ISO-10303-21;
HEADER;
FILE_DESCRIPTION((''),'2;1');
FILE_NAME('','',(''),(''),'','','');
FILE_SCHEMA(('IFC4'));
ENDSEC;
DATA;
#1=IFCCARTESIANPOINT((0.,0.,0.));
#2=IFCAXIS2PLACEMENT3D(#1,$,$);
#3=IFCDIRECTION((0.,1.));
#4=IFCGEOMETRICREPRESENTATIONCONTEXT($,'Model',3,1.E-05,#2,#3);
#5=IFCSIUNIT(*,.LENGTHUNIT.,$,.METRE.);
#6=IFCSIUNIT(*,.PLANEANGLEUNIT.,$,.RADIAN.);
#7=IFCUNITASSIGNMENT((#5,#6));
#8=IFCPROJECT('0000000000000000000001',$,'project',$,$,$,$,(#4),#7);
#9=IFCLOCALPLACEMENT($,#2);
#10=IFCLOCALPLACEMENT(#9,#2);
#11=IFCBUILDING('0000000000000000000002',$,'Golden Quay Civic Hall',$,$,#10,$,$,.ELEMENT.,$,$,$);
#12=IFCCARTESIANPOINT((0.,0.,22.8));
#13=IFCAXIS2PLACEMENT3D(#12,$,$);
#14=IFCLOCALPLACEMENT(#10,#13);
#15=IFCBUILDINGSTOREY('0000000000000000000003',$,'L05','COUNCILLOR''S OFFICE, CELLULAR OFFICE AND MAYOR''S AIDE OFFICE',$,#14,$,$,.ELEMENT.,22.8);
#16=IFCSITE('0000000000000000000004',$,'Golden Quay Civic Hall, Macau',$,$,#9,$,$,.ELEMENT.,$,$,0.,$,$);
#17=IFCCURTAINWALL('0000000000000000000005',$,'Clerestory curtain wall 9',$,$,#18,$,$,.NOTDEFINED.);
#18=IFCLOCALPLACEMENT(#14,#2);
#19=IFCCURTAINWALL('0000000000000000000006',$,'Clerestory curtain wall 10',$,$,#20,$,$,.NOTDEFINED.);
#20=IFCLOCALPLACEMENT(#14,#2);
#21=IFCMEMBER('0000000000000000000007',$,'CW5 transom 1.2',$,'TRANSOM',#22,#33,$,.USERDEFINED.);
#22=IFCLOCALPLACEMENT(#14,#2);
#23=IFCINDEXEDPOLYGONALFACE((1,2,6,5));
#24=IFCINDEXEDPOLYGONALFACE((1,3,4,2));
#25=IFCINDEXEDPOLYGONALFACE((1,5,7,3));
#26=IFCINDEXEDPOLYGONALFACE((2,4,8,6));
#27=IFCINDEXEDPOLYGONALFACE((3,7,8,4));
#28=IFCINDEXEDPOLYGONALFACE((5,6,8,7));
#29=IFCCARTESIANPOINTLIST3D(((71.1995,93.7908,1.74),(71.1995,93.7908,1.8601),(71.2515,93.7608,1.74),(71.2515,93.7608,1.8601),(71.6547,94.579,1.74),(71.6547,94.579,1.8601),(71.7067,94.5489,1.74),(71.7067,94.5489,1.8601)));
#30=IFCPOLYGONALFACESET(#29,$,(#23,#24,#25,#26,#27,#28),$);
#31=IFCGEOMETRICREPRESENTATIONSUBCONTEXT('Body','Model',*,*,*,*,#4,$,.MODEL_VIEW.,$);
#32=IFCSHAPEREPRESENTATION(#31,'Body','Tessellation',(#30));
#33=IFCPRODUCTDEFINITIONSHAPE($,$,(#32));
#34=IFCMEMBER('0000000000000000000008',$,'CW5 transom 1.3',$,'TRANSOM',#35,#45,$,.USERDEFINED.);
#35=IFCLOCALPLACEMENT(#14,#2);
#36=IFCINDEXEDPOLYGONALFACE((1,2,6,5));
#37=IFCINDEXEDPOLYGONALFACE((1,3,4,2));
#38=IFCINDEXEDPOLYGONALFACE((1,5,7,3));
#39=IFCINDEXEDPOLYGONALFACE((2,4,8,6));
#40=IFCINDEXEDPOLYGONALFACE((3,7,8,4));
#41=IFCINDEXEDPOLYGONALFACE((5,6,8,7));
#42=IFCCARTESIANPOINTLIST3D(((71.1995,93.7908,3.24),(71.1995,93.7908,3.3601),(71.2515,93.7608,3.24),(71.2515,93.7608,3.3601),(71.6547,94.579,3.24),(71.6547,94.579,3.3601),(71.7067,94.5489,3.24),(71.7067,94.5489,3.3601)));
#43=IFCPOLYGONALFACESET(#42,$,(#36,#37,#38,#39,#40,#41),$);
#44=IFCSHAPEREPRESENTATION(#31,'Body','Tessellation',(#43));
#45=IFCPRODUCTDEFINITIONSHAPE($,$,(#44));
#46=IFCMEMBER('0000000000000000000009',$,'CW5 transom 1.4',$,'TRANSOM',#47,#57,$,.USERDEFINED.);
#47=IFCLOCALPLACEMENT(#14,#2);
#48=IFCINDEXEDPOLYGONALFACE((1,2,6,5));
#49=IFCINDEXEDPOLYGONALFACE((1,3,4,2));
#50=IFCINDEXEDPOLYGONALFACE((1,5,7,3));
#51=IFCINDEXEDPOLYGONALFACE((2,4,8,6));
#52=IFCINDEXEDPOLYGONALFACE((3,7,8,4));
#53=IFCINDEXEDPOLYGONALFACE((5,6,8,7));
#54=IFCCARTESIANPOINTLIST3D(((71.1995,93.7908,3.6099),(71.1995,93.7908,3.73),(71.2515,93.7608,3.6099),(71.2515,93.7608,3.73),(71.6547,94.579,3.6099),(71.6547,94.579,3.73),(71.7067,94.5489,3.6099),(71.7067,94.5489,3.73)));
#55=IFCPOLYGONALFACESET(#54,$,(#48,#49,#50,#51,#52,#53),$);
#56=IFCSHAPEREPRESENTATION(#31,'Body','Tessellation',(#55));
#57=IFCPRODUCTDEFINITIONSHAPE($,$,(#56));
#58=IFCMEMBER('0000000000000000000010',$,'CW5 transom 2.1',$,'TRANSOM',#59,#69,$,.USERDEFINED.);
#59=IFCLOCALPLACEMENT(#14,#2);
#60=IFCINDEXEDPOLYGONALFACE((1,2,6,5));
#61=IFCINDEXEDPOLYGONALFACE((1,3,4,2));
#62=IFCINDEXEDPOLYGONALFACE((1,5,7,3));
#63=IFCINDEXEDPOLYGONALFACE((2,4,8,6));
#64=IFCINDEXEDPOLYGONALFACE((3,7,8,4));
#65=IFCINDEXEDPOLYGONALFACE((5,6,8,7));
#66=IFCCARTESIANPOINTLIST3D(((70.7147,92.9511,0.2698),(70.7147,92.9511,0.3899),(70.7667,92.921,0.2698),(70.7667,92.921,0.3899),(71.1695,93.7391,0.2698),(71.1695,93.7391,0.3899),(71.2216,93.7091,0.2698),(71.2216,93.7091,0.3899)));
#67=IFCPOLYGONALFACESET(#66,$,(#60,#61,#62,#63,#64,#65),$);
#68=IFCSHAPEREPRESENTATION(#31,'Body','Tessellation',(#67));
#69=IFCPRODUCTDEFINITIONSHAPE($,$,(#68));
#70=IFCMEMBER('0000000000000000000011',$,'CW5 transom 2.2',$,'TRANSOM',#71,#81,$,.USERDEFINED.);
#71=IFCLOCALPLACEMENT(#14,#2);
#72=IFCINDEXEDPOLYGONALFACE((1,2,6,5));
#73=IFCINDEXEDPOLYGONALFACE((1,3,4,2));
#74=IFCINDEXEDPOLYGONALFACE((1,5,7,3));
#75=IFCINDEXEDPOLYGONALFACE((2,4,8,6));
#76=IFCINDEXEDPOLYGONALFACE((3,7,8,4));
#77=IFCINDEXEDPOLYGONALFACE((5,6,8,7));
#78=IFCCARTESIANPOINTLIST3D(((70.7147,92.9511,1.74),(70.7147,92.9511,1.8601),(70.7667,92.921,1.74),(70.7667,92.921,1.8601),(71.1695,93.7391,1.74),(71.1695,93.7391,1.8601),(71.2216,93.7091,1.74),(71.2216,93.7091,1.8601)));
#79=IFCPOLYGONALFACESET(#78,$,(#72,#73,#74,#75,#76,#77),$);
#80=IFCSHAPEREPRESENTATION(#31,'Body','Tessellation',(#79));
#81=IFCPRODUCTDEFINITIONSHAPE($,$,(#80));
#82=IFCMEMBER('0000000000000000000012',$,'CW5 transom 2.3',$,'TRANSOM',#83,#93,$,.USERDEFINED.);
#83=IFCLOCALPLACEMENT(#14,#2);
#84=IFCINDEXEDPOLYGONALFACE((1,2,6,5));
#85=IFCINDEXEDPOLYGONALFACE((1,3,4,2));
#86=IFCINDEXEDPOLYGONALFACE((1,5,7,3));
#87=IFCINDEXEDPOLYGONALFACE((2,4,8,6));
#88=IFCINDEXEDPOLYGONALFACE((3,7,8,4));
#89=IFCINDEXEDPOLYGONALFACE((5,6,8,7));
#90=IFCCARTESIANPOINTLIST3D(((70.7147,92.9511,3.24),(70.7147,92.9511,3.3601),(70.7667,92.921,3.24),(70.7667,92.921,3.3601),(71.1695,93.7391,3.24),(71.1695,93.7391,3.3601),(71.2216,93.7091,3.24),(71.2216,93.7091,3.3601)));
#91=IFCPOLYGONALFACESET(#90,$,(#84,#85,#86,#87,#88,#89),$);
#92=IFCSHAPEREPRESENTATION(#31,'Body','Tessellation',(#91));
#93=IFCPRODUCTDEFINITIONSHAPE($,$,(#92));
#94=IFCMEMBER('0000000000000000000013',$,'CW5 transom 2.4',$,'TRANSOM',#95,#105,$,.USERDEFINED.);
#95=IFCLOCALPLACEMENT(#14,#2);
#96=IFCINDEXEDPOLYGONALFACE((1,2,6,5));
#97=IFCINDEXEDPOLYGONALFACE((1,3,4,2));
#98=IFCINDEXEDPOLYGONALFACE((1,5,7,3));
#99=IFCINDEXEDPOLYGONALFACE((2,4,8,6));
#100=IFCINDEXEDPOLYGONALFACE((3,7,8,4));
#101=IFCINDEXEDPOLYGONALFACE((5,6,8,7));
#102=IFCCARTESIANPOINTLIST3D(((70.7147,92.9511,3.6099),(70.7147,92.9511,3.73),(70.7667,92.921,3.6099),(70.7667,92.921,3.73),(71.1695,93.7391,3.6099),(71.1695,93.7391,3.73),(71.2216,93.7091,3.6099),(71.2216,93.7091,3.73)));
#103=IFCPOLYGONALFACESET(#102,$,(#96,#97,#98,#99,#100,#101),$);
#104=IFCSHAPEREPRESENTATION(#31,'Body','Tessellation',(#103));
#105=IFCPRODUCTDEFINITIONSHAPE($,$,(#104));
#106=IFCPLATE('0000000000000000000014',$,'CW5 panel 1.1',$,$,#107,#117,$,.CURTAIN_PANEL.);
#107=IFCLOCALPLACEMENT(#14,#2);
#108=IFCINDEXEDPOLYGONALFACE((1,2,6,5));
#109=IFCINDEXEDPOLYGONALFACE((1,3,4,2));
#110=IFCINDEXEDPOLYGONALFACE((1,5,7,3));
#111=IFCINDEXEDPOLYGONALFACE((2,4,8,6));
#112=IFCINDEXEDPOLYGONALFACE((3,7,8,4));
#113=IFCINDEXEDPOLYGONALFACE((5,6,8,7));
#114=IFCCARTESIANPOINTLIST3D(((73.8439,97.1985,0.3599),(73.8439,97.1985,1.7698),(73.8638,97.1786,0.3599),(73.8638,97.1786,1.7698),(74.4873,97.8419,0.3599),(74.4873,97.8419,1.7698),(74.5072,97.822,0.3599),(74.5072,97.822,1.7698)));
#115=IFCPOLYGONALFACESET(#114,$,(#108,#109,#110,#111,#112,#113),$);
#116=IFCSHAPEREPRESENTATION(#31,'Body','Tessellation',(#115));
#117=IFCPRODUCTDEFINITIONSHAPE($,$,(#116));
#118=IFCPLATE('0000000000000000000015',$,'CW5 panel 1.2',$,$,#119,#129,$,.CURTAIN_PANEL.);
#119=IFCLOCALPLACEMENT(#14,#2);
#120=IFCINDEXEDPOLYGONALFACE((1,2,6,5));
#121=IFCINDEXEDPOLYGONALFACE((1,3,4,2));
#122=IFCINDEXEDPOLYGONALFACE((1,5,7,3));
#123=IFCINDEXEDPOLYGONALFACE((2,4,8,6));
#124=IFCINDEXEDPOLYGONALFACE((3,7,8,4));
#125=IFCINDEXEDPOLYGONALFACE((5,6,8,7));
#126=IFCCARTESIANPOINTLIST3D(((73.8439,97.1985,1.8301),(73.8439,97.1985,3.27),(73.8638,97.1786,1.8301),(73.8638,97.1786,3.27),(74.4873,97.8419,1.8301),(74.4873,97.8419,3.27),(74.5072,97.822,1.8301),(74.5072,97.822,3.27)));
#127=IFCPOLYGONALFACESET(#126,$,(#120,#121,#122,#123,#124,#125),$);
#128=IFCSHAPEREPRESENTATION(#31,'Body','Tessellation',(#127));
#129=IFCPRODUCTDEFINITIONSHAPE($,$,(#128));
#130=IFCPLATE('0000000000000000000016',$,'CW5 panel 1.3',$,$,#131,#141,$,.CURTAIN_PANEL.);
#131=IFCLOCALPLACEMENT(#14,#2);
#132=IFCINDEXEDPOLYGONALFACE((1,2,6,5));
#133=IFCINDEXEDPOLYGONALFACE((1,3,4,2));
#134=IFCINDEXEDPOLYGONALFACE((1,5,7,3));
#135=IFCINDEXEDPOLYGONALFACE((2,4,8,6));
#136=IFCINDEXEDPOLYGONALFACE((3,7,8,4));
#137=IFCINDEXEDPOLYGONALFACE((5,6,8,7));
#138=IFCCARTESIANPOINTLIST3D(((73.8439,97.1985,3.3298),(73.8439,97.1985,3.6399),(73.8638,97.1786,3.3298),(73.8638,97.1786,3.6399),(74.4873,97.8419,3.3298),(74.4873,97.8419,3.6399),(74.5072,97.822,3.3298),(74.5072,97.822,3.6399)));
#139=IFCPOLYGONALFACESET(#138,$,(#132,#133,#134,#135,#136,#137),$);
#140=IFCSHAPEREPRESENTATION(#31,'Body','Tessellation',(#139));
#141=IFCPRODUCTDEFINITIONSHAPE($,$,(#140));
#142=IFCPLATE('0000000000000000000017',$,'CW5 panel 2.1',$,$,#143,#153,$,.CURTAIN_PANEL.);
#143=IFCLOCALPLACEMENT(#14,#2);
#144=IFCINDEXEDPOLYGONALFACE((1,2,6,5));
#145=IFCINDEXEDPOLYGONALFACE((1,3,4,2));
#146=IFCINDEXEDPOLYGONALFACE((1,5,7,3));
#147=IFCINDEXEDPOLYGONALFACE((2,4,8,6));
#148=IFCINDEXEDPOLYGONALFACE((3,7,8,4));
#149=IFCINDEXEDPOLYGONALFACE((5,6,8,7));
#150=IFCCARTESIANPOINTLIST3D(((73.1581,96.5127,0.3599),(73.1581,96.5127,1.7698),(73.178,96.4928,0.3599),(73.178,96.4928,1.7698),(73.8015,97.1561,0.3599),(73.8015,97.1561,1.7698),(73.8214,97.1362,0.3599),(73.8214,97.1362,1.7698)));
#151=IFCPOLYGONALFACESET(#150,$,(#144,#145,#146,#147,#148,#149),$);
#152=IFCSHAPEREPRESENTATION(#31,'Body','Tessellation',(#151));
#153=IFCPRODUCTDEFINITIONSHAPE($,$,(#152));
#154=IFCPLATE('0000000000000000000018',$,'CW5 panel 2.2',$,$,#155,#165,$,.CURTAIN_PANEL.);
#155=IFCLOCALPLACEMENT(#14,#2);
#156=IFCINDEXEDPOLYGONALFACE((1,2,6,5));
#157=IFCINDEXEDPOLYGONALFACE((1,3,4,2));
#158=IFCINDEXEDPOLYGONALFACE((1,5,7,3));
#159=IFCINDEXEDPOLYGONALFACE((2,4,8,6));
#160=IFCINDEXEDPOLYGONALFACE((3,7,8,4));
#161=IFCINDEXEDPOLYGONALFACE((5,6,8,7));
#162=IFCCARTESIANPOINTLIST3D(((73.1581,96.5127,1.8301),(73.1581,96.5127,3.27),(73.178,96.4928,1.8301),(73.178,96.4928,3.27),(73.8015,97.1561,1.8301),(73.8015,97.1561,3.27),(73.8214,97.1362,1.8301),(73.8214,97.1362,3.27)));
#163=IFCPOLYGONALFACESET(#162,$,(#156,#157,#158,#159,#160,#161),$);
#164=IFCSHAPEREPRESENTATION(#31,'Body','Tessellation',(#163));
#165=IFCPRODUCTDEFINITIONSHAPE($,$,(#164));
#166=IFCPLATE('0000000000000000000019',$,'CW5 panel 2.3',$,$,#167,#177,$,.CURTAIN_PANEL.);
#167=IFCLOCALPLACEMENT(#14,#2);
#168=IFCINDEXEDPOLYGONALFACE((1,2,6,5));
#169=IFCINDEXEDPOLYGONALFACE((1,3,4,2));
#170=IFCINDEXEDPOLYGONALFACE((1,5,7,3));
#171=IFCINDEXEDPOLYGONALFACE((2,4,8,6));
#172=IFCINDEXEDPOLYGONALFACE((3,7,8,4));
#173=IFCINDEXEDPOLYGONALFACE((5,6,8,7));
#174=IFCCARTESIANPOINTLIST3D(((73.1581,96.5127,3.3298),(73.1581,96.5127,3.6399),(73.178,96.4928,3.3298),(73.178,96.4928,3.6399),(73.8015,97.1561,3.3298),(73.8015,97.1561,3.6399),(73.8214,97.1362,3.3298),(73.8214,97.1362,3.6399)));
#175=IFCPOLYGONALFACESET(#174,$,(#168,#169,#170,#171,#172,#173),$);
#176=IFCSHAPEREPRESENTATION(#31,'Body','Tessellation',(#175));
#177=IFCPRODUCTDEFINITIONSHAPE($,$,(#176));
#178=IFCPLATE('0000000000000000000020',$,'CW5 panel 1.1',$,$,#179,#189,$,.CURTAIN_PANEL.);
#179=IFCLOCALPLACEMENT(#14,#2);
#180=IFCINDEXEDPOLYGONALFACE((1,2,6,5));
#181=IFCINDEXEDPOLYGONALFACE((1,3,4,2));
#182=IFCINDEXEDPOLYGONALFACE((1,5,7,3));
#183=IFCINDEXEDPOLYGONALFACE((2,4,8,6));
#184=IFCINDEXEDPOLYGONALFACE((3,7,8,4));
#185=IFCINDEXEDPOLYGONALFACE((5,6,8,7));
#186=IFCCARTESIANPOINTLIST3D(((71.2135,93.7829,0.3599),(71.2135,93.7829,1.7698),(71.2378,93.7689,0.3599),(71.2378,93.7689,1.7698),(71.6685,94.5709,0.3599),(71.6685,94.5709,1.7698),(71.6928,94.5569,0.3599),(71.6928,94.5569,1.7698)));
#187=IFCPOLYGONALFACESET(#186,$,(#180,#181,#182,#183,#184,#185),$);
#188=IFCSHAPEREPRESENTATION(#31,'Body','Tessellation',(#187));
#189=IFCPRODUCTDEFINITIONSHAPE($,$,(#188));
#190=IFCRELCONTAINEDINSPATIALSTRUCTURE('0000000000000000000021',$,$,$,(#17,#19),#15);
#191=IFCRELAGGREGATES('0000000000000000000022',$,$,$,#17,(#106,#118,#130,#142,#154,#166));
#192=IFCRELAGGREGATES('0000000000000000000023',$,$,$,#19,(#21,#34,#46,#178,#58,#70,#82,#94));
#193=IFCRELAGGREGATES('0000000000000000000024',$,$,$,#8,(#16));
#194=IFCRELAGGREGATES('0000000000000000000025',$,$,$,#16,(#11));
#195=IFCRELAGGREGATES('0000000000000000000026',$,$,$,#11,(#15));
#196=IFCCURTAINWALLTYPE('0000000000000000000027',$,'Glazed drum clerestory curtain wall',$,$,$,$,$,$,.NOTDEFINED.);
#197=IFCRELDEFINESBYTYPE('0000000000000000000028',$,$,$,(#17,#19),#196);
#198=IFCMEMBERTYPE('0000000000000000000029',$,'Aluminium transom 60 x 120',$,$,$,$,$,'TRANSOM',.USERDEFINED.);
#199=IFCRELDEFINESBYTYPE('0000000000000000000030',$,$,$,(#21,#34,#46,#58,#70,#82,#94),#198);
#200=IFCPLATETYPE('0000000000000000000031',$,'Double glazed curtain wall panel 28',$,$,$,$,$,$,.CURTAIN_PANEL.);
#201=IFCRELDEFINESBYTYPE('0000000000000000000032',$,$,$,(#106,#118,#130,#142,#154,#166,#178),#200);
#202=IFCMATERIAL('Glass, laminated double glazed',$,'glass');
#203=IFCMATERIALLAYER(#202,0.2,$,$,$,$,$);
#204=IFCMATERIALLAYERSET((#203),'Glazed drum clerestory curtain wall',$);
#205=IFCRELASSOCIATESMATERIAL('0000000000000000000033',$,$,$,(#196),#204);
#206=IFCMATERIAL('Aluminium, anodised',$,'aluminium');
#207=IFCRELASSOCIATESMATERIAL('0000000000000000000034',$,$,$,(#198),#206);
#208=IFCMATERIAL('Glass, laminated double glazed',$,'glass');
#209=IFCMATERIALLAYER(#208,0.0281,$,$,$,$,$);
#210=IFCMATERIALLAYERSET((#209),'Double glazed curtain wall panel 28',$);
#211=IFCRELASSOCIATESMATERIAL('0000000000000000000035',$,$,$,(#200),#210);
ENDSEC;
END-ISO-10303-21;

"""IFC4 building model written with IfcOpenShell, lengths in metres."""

from ifc_helpers import new_model, si_unit, direction, frame, origin, origin_2d, place, context, subcontext, project, spatial, rectangle, extrude, material, layer, layer_set, material_profile, profile_set, type_object, element, aggregate, save


model = new_model("IFC4")

# Units and contexts
model_context = context("Model", 3, precision=1e-05, world=origin(), true_north=direction((0.0, 1.0)))
body_context = subcontext(model_context, "Body", "Model", "MODEL_VIEW")
ifc_project = project(units=[si_unit("LENGTHUNIT", "METRE"), si_unit("PLANEANGLEUNIT", "RADIAN")], contexts=[model_context])

# Site, building, storey
site_placement = place(None, origin())
site = spatial("IfcSite", under=ifc_project, at=site_placement, Name="Golden Quay Civic Hall, Macau", CompositionType="ELEMENT", RefElevation=0.0)
building_placement = place(site_placement, origin())
building = spatial("IfcBuilding", under=site, at=building_placement, Name="Golden Quay Civic Hall", CompositionType="ELEMENT")
storey_placement = place(building_placement, frame((0.0, 0.0, 22.8)))
storey = spatial("IfcBuildingStorey", under=building, at=storey_placement, Name="L05", Description="COUNCILLOR'S OFFICE, CELLULAR OFFICE AND MAYOR'S AIDE OFFICE", CompositionType="ELEMENT", Elevation=22.8)

# Curtain walls
ifc_material_1 = material(Name="Glass, laminated double glazed", Category="glass")
ifc_layer_1 = layer(ifc_material_1, 0.2)
ifc_layer_set_1 = layer_set([ifc_layer_1], Name="Glazed drum clerestory curtain wall")
curtain_wall_type = type_object("IfcCurtainWallType", Name="Glazed drum clerestory curtain wall", PredefinedType="NOTDEFINED", material=ifc_layer_set_1)
curtain_wall_1_placement = place(storey_placement, origin())
curtain_wall_1 = element("IfcCurtainWall", 1, at=curtain_wall_1_placement, inside=storey, type_object=curtain_wall_type, Name="Clerestory curtain wall 9", PredefinedType="NOTDEFINED")
curtain_wall_2_placement = place(storey_placement, origin())
curtain_wall_2 = element("IfcCurtainWall", 2, at=curtain_wall_2_placement, inside=storey, type_object=curtain_wall_type, Name="Clerestory curtain wall 10", PredefinedType="NOTDEFINED")

# Members
ifc_material_2 = material(Name="Aluminium, anodised", Category="aluminium")
ifc_material_profile_1 = material_profile(ifc_material_2, rectangle(XDim=0.0601, YDim=0.1201, at=origin_2d()), Name="Aluminium 60 x 120")
ifc_profile_set_1 = profile_set([ifc_material_profile_1], Name="Aluminium, anodised")
member_type_1 = type_object("IfcMemberType", Name="Aluminium transom 60 x 120", ElementType="TRANSOM", PredefinedType="USERDEFINED", material=ifc_profile_set_1)
member_1_placement = place(storey_placement, frame((71.6807, 94.564, 1.8), z_axis=(-0.500063, -0.865989, 0.0), x_axis=(0.865989, -0.500063, 0.0)))
member_1 = element("IfcMember", 3, at=member_1_placement, type_object=member_type_1, Name="CW5 transom 1.2", ObjectType="TRANSOM", PredefinedType="USERDEFINED", context=body_context, shape_type="SweptSolid", body=[
    extrude(rectangle(XDim=0.0601, YDim=0.1201, at=origin_2d()), origin(), (0.0, 0.0, 1.0), 0.9102),
])
member_2_placement = place(storey_placement, frame((71.6807, 94.564, 3.3), z_axis=(-0.500063, -0.865989, 0.0), x_axis=(0.865989, -0.500063, 0.0)))
member_2 = element("IfcMember", 4, at=member_2_placement, type_object=member_type_1, Name="CW5 transom 1.3", ObjectType="TRANSOM", PredefinedType="USERDEFINED", context=body_context, shape_type="SweptSolid", body=[
    extrude(rectangle(XDim=0.0601, YDim=0.1201, at=origin_2d()), origin(), (0.0, 0.0, 1.0), 0.9102),
])
member_3_placement = place(storey_placement, frame((71.6807, 94.564, 3.6699), z_axis=(-0.500063, -0.865989, 0.0), x_axis=(0.865989, -0.500063, 0.0)))
member_3 = element("IfcMember", 5, at=member_3_placement, type_object=member_type_1, Name="CW5 transom 1.4", ObjectType="TRANSOM", PredefinedType="USERDEFINED", context=body_context, shape_type="SweptSolid", body=[
    extrude(rectangle(XDim=0.0601, YDim=0.1201, at=origin_2d()), origin(), (0.0, 0.0, 1.0), 0.9102),
])
member_4_placement = place(storey_placement, frame((71.1956, 93.7241, 0.3298), z_axis=(-0.499862, -0.866105, 0.0), x_axis=(0.866105, -0.499862, 0.0)))
member_4 = element("IfcMember", 6, at=member_4_placement, type_object=member_type_1, Name="CW5 transom 2.1", ObjectType="TRANSOM", PredefinedType="USERDEFINED", context=body_context, shape_type="SweptSolid", body=[
    extrude(rectangle(XDim=0.0601, YDim=0.1201, at=origin_2d()), origin(), (0.0, 0.0, 1.0), 0.9099),
])
member_5_placement = place(storey_placement, frame((71.1956, 93.7241, 1.8), z_axis=(-0.499862, -0.866105, 0.0), x_axis=(0.866105, -0.499862, 0.0)))
member_5 = element("IfcMember", 7, at=member_5_placement, type_object=member_type_1, Name="CW5 transom 2.2", ObjectType="TRANSOM", PredefinedType="USERDEFINED", context=body_context, shape_type="SweptSolid", body=[
    extrude(rectangle(XDim=0.0601, YDim=0.1201, at=origin_2d()), origin(), (0.0, 0.0, 1.0), 0.9099),
])
member_6_placement = place(storey_placement, frame((71.1956, 93.7241, 3.3), z_axis=(-0.499862, -0.866105, 0.0), x_axis=(0.866105, -0.499862, 0.0)))
member_6 = element("IfcMember", 8, at=member_6_placement, type_object=member_type_1, Name="CW5 transom 2.3", ObjectType="TRANSOM", PredefinedType="USERDEFINED", context=body_context, shape_type="SweptSolid", body=[
    extrude(rectangle(XDim=0.0601, YDim=0.1201, at=origin_2d()), origin(), (0.0, 0.0, 1.0), 0.9099),
])
member_7_placement = place(storey_placement, frame((71.1956, 93.7241, 3.6699), z_axis=(-0.499862, -0.866105, 0.0), x_axis=(0.866105, -0.499862, 0.0)))
member_7 = element("IfcMember", 9, at=member_7_placement, type_object=member_type_1, Name="CW5 transom 2.4", ObjectType="TRANSOM", PredefinedType="USERDEFINED", context=body_context, shape_type="SweptSolid", body=[
    extrude(rectangle(XDim=0.0601, YDim=0.1201, at=origin_2d()), origin(), (0.0, 0.0, 1.0), 0.9099),
])

# Plates
ifc_material_3 = material(Name="Glass, laminated double glazed", Category="glass")
ifc_layer_2 = layer(ifc_material_3, 0.0281)
ifc_layer_set_2 = layer_set([ifc_layer_2], Name="Double glazed curtain wall panel 28")
plate_type = type_object("IfcPlateType", Name="Double glazed curtain wall panel 28", PredefinedType="CURTAIN_PANEL", material=ifc_layer_set_2)
plate_1_placement = place(storey_placement, frame((74.1755, 97.5103, 0.3599), z_axis=(0.0, 0.0, 1.0), x_axis=(-0.707107, -0.707107, 0.0)))
plate_1 = element("IfcPlate", 10, at=plate_1_placement, type_object=plate_type, Name="CW5 panel 1.1", PredefinedType="CURTAIN_PANEL", context=body_context, shape_type="SweptSolid", body=[
    extrude(rectangle(XDim=0.9099, YDim=0.0281, at=origin_2d()), origin(), (0.0, 0.0, 1.0), 1.4099),
])
plate_2_placement = place(storey_placement, frame((74.1755, 97.5103, 1.8301), z_axis=(0.0, 0.0, 1.0), x_axis=(-0.707107, -0.707107, 0.0)))
plate_2 = element("IfcPlate", 11, at=plate_2_placement, type_object=plate_type, Name="CW5 panel 1.2", PredefinedType="CURTAIN_PANEL", context=body_context, shape_type="SweptSolid", body=[
    extrude(rectangle(XDim=0.9099, YDim=0.0281, at=origin_2d()), origin(), (0.0, 0.0, 1.0), 1.4399),
])
plate_3_placement = place(storey_placement, frame((74.1755, 97.5103, 3.3298), z_axis=(0.0, 0.0, 1.0), x_axis=(-0.707107, -0.707107, 0.0)))
plate_3 = element("IfcPlate", 12, at=plate_3_placement, type_object=plate_type, Name="CW5 panel 1.3", PredefinedType="CURTAIN_PANEL", context=body_context, shape_type="SweptSolid", body=[
    extrude(rectangle(XDim=0.9099, YDim=0.0281, at=origin_2d()), origin(), (0.0, 0.0, 1.0), 0.3101),
])
plate_4_placement = place(storey_placement, frame((73.4897, 96.8245, 0.3599), z_axis=(0.0, 0.0, 1.0), x_axis=(-0.707107, -0.707107, 0.0)))
plate_4 = element("IfcPlate", 13, at=plate_4_placement, type_object=plate_type, Name="CW5 panel 2.1", PredefinedType="CURTAIN_PANEL", context=body_context, shape_type="SweptSolid", body=[
    extrude(rectangle(XDim=0.9099, YDim=0.0281, at=origin_2d()), origin(), (0.0, 0.0, 1.0), 1.4099),
])
plate_5_placement = place(storey_placement, frame((73.4897, 96.8245, 1.8301), z_axis=(0.0, 0.0, 1.0), x_axis=(-0.707107, -0.707107, 0.0)))
plate_5 = element("IfcPlate", 14, at=plate_5_placement, type_object=plate_type, Name="CW5 panel 2.2", PredefinedType="CURTAIN_PANEL", context=body_context, shape_type="SweptSolid", body=[
    extrude(rectangle(XDim=0.9099, YDim=0.0281, at=origin_2d()), origin(), (0.0, 0.0, 1.0), 1.4399),
])
plate_6_placement = place(storey_placement, frame((73.4897, 96.8245, 3.3298), z_axis=(0.0, 0.0, 1.0), x_axis=(-0.707107, -0.707107, 0.0)))
plate_6 = element("IfcPlate", 15, at=plate_6_placement, type_object=plate_type, Name="CW5 panel 2.3", PredefinedType="CURTAIN_PANEL", context=body_context, shape_type="SweptSolid", body=[
    extrude(rectangle(XDim=0.9099, YDim=0.0281, at=origin_2d()), origin(), (0.0, 0.0, 1.0), 0.3101),
])
aggregate(curtain_wall_1, [plate_1, plate_2, plate_3, plate_4, plate_5, plate_6])
plate_7_placement = place(storey_placement, frame((71.4531, 94.1699, 0.3599), z_axis=(0.0, 0.0, 1.0), x_axis=(-0.500011, -0.866019, 0.0)))
plate_7 = element("IfcPlate", 16, at=plate_7_placement, type_object=plate_type, Name="CW5 panel 1.1", PredefinedType="CURTAIN_PANEL", context=body_context, shape_type="SweptSolid", body=[
    extrude(rectangle(XDim=0.9099, YDim=0.0281, at=origin_2d()), origin(), (0.0, 0.0, 1.0), 1.4099),
])
aggregate(curtain_wall_2, [member_1, member_2, member_3, plate_7, member_4, member_5, member_6, member_7])

save(model, "model.ifc")
